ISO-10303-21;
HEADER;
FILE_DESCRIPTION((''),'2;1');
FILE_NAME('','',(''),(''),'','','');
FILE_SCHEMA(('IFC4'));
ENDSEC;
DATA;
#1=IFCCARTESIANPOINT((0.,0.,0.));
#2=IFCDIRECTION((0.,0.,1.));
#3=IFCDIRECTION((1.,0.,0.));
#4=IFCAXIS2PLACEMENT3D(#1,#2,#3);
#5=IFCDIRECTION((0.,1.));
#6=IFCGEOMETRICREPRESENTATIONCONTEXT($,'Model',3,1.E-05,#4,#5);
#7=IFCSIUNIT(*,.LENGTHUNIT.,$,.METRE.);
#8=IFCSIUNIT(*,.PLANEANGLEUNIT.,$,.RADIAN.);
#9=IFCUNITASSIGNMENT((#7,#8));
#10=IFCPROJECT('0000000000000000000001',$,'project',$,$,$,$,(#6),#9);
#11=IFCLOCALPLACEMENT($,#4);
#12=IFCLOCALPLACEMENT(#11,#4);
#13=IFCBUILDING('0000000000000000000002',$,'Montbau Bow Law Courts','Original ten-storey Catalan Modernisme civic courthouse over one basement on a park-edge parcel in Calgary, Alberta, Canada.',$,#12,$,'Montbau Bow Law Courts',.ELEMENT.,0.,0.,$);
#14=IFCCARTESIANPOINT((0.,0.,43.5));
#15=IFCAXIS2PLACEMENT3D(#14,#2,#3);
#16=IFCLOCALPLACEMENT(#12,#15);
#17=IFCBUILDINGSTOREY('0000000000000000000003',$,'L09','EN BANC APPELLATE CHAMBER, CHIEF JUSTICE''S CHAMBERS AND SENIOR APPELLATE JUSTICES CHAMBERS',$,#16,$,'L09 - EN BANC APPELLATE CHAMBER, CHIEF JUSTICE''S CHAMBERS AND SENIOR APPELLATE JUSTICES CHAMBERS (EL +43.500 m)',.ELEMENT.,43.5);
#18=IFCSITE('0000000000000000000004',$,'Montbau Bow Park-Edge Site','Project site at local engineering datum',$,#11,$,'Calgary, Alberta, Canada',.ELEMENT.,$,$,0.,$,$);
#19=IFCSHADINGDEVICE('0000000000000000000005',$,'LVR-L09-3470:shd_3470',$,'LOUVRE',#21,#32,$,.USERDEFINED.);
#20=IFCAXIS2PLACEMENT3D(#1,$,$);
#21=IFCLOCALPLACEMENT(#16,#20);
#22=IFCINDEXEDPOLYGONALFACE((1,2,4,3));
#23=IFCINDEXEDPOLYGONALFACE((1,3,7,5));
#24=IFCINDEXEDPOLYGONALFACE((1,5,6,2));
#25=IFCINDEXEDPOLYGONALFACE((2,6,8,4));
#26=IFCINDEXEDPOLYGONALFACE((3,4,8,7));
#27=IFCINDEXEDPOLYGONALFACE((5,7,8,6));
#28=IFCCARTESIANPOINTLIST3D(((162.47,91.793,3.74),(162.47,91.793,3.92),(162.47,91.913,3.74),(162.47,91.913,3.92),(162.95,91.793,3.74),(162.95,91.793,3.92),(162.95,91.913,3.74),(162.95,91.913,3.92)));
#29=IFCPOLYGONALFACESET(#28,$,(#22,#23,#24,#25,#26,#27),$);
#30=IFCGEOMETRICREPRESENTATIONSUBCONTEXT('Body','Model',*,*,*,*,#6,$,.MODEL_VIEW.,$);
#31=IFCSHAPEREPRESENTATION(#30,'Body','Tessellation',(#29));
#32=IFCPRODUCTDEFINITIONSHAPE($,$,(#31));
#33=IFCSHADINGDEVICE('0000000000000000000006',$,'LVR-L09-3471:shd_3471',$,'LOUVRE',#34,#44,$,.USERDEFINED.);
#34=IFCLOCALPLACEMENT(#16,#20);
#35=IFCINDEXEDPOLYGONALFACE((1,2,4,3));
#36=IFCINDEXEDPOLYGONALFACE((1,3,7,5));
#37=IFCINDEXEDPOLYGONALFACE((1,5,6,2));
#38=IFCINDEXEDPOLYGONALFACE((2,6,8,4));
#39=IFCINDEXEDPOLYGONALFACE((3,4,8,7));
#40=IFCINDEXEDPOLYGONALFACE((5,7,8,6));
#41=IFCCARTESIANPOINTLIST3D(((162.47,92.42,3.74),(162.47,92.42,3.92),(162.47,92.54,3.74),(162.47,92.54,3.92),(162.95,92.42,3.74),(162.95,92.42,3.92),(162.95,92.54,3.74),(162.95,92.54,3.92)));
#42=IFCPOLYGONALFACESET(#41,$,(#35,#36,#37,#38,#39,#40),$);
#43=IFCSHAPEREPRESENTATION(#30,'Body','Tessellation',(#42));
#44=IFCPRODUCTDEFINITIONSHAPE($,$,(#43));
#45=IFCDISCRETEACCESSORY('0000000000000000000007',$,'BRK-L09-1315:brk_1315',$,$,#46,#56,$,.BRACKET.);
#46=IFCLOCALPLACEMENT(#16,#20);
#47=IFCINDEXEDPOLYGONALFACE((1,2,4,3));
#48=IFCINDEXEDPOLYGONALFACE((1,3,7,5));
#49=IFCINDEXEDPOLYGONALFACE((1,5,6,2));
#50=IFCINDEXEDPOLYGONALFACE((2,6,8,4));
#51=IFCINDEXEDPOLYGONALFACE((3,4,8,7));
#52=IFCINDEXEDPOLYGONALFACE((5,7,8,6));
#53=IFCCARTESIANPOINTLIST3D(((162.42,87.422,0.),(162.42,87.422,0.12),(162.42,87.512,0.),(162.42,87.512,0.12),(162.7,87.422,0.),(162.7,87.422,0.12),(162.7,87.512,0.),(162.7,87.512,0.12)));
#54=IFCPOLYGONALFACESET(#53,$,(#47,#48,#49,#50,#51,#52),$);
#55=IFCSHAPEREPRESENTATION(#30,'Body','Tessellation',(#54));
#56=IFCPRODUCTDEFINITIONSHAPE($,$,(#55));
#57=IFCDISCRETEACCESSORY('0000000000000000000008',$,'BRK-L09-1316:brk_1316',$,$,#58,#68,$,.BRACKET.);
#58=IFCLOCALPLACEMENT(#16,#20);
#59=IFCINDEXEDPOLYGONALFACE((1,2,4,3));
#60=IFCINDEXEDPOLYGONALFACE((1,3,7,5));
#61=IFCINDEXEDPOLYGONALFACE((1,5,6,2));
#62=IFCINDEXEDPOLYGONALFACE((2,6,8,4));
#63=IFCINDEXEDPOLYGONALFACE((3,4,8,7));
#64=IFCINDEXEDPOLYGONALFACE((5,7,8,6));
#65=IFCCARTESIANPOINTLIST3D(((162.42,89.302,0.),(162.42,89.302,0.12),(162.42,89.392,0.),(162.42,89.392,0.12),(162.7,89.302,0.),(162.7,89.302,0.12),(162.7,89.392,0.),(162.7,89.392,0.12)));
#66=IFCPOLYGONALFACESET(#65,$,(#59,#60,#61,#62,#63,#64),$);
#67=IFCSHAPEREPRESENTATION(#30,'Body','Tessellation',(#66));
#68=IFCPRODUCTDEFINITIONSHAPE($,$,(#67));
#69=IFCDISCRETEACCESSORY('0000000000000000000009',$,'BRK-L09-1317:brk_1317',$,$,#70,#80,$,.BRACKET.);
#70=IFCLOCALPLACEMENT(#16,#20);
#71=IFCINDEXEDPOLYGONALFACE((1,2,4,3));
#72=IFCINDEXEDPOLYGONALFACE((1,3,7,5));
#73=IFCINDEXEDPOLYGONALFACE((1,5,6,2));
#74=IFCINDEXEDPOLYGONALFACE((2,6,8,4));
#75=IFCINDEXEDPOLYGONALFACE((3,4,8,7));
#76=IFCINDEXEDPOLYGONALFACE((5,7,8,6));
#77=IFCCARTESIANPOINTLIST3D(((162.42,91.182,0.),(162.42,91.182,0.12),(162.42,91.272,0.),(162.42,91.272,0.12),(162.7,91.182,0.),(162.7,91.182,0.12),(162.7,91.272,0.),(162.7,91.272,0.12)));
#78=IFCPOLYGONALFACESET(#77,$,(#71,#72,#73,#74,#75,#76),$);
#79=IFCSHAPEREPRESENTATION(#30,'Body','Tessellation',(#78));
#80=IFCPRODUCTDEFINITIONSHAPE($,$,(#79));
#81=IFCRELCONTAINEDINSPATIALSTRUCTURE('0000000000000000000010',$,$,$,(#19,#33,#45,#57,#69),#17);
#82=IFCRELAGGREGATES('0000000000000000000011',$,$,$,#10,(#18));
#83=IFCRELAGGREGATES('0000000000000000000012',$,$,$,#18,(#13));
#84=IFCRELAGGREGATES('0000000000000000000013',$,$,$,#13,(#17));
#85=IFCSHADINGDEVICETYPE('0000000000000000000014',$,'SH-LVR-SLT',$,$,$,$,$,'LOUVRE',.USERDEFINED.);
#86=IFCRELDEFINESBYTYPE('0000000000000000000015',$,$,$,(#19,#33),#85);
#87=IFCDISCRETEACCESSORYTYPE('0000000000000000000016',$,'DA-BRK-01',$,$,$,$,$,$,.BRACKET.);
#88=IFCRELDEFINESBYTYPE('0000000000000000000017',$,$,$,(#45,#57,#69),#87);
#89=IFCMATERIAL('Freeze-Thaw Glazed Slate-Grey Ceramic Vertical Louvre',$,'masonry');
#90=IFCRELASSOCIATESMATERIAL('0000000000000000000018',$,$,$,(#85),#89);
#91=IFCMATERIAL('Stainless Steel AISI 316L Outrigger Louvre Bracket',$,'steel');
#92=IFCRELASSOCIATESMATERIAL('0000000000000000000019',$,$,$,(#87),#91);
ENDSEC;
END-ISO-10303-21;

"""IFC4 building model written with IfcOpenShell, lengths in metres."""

from ifc_helpers import new_model, si_unit, direction, frame, origin_with_axes, origin_2d_with_axis, place, context, subcontext, project, spatial, rectangle, extrude, material, type_object, element, save


model = new_model("IFC4")

# Units and contexts
model_context = context("Model", 3, precision=1e-05, world=origin_with_axes(), true_north=direction((0.0, 1.0)))
body_context = subcontext(model_context, "Body", "Model", "MODEL_VIEW")
ifc_project = project(units=[si_unit("LENGTHUNIT", "METRE"), si_unit("PLANEANGLEUNIT", "RADIAN")], contexts=[model_context])

# Site, building, storey
site_placement = place(None, origin_with_axes())
site = spatial("IfcSite", under=ifc_project, at=site_placement, Name="Montbau Bow Park-Edge Site", Description="Project site at local engineering datum", LongName="Calgary, Alberta, Canada", CompositionType="ELEMENT", RefElevation=0.0)
building_placement = place(site_placement, origin_with_axes())
building = spatial("IfcBuilding", under=site, at=building_placement, Name="Montbau Bow Law Courts", Description="Original ten-storey Catalan Modernisme civic courthouse over one basement on a park-edge parcel in Calgary, Alberta, Canada.", LongName="Montbau Bow Law Courts", CompositionType="ELEMENT", ElevationOfRefHeight=0.0, ElevationOfTerrain=0.0)
storey_placement = place(building_placement, frame((0.0, 0.0, 43.5), z_axis=(0.0, 0.0, 1.0), x_axis=(1.0, 0.0, 0.0)))
storey = spatial("IfcBuildingStorey", under=building, at=storey_placement, Name="L09", Description="EN BANC APPELLATE CHAMBER, CHIEF JUSTICE'S CHAMBERS AND SENIOR APPELLATE JUSTICES CHAMBERS", LongName="L09 - EN BANC APPELLATE CHAMBER, CHIEF JUSTICE'S CHAMBERS AND SENIOR APPELLATE JUSTICES CHAMBERS (EL +43.500 m)", CompositionType="ELEMENT", Elevation=43.5)

# Shared definitions
ifc_material_1 = material(Name="Freeze-Thaw Glazed Slate-Grey Ceramic Vertical Louvre", Category="masonry")

# Shading devices
shading_device_type = type_object("IfcShadingDeviceType", Name="SH-LVR-SLT", ElementType="LOUVRE", PredefinedType="USERDEFINED", material=ifc_material_1)
for number, where, z_axis, x_axis, name in (
    (1, (162.71, 91.853, 47.24), (0.0, 0.0, 1.0), (1.0, 0.0, 0.0), "LVR-L09-3470:shd_3470"),
    (2, (162.71, 92.48, 47.24), (0.0, 0.0, 1.0), (1.0, 0.0, 0.0), "LVR-L09-3471:shd_3471"),
):
    element("IfcShadingDevice", number, at=place(None, frame(where, z_axis=z_axis, x_axis=x_axis)), inside=storey, type_object=shading_device_type, Name=name, ObjectType="LOUVRE", PredefinedType="USERDEFINED", context=body_context, shape_type="SweptSolid", body=[
        extrude(rectangle(XDim=0.48, YDim=0.12, at=origin_2d_with_axis()), origin_with_axes(), (0.0, 0.0, 1.0), 0.18),
    ])

# Discrete accessories
ifc_material_2 = material(Name="Stainless Steel AISI 316L Outrigger Louvre Bracket", Category="steel")
discrete_accessory_type = type_object("IfcDiscreteAccessoryType", Name="DA-BRK-01", PredefinedType="BRACKET", material=ifc_material_2)
for number, where, z_axis, x_axis, name in (
    (3, (162.56, 87.467, 43.5), (0.0, 0.0, 1.0), (1.0, 0.0, 0.0), "BRK-L09-1315:brk_1315"),
    (4, (162.56, 89.347, 43.5), (0.0, 0.0, 1.0), (1.0, 0.0, 0.0), "BRK-L09-1316:brk_1316"),
    (5, (162.56, 91.227, 43.5), (0.0, 0.0, 1.0), (1.0, 0.0, 0.0), "BRK-L09-1317:brk_1317"),
):
    element("IfcDiscreteAccessory", number, at=place(None, frame(where, z_axis=z_axis, x_axis=x_axis)), inside=storey, type_object=discrete_accessory_type, Name=name, PredefinedType="BRACKET", context=body_context, shape_type="SweptSolid", body=[
        extrude(rectangle(XDim=0.28, YDim=0.09, at=origin_2d_with_axis()), origin_with_axes(), (0.0, 0.0, 1.0), 0.12),
    ])

save(model, "model.ifc")
